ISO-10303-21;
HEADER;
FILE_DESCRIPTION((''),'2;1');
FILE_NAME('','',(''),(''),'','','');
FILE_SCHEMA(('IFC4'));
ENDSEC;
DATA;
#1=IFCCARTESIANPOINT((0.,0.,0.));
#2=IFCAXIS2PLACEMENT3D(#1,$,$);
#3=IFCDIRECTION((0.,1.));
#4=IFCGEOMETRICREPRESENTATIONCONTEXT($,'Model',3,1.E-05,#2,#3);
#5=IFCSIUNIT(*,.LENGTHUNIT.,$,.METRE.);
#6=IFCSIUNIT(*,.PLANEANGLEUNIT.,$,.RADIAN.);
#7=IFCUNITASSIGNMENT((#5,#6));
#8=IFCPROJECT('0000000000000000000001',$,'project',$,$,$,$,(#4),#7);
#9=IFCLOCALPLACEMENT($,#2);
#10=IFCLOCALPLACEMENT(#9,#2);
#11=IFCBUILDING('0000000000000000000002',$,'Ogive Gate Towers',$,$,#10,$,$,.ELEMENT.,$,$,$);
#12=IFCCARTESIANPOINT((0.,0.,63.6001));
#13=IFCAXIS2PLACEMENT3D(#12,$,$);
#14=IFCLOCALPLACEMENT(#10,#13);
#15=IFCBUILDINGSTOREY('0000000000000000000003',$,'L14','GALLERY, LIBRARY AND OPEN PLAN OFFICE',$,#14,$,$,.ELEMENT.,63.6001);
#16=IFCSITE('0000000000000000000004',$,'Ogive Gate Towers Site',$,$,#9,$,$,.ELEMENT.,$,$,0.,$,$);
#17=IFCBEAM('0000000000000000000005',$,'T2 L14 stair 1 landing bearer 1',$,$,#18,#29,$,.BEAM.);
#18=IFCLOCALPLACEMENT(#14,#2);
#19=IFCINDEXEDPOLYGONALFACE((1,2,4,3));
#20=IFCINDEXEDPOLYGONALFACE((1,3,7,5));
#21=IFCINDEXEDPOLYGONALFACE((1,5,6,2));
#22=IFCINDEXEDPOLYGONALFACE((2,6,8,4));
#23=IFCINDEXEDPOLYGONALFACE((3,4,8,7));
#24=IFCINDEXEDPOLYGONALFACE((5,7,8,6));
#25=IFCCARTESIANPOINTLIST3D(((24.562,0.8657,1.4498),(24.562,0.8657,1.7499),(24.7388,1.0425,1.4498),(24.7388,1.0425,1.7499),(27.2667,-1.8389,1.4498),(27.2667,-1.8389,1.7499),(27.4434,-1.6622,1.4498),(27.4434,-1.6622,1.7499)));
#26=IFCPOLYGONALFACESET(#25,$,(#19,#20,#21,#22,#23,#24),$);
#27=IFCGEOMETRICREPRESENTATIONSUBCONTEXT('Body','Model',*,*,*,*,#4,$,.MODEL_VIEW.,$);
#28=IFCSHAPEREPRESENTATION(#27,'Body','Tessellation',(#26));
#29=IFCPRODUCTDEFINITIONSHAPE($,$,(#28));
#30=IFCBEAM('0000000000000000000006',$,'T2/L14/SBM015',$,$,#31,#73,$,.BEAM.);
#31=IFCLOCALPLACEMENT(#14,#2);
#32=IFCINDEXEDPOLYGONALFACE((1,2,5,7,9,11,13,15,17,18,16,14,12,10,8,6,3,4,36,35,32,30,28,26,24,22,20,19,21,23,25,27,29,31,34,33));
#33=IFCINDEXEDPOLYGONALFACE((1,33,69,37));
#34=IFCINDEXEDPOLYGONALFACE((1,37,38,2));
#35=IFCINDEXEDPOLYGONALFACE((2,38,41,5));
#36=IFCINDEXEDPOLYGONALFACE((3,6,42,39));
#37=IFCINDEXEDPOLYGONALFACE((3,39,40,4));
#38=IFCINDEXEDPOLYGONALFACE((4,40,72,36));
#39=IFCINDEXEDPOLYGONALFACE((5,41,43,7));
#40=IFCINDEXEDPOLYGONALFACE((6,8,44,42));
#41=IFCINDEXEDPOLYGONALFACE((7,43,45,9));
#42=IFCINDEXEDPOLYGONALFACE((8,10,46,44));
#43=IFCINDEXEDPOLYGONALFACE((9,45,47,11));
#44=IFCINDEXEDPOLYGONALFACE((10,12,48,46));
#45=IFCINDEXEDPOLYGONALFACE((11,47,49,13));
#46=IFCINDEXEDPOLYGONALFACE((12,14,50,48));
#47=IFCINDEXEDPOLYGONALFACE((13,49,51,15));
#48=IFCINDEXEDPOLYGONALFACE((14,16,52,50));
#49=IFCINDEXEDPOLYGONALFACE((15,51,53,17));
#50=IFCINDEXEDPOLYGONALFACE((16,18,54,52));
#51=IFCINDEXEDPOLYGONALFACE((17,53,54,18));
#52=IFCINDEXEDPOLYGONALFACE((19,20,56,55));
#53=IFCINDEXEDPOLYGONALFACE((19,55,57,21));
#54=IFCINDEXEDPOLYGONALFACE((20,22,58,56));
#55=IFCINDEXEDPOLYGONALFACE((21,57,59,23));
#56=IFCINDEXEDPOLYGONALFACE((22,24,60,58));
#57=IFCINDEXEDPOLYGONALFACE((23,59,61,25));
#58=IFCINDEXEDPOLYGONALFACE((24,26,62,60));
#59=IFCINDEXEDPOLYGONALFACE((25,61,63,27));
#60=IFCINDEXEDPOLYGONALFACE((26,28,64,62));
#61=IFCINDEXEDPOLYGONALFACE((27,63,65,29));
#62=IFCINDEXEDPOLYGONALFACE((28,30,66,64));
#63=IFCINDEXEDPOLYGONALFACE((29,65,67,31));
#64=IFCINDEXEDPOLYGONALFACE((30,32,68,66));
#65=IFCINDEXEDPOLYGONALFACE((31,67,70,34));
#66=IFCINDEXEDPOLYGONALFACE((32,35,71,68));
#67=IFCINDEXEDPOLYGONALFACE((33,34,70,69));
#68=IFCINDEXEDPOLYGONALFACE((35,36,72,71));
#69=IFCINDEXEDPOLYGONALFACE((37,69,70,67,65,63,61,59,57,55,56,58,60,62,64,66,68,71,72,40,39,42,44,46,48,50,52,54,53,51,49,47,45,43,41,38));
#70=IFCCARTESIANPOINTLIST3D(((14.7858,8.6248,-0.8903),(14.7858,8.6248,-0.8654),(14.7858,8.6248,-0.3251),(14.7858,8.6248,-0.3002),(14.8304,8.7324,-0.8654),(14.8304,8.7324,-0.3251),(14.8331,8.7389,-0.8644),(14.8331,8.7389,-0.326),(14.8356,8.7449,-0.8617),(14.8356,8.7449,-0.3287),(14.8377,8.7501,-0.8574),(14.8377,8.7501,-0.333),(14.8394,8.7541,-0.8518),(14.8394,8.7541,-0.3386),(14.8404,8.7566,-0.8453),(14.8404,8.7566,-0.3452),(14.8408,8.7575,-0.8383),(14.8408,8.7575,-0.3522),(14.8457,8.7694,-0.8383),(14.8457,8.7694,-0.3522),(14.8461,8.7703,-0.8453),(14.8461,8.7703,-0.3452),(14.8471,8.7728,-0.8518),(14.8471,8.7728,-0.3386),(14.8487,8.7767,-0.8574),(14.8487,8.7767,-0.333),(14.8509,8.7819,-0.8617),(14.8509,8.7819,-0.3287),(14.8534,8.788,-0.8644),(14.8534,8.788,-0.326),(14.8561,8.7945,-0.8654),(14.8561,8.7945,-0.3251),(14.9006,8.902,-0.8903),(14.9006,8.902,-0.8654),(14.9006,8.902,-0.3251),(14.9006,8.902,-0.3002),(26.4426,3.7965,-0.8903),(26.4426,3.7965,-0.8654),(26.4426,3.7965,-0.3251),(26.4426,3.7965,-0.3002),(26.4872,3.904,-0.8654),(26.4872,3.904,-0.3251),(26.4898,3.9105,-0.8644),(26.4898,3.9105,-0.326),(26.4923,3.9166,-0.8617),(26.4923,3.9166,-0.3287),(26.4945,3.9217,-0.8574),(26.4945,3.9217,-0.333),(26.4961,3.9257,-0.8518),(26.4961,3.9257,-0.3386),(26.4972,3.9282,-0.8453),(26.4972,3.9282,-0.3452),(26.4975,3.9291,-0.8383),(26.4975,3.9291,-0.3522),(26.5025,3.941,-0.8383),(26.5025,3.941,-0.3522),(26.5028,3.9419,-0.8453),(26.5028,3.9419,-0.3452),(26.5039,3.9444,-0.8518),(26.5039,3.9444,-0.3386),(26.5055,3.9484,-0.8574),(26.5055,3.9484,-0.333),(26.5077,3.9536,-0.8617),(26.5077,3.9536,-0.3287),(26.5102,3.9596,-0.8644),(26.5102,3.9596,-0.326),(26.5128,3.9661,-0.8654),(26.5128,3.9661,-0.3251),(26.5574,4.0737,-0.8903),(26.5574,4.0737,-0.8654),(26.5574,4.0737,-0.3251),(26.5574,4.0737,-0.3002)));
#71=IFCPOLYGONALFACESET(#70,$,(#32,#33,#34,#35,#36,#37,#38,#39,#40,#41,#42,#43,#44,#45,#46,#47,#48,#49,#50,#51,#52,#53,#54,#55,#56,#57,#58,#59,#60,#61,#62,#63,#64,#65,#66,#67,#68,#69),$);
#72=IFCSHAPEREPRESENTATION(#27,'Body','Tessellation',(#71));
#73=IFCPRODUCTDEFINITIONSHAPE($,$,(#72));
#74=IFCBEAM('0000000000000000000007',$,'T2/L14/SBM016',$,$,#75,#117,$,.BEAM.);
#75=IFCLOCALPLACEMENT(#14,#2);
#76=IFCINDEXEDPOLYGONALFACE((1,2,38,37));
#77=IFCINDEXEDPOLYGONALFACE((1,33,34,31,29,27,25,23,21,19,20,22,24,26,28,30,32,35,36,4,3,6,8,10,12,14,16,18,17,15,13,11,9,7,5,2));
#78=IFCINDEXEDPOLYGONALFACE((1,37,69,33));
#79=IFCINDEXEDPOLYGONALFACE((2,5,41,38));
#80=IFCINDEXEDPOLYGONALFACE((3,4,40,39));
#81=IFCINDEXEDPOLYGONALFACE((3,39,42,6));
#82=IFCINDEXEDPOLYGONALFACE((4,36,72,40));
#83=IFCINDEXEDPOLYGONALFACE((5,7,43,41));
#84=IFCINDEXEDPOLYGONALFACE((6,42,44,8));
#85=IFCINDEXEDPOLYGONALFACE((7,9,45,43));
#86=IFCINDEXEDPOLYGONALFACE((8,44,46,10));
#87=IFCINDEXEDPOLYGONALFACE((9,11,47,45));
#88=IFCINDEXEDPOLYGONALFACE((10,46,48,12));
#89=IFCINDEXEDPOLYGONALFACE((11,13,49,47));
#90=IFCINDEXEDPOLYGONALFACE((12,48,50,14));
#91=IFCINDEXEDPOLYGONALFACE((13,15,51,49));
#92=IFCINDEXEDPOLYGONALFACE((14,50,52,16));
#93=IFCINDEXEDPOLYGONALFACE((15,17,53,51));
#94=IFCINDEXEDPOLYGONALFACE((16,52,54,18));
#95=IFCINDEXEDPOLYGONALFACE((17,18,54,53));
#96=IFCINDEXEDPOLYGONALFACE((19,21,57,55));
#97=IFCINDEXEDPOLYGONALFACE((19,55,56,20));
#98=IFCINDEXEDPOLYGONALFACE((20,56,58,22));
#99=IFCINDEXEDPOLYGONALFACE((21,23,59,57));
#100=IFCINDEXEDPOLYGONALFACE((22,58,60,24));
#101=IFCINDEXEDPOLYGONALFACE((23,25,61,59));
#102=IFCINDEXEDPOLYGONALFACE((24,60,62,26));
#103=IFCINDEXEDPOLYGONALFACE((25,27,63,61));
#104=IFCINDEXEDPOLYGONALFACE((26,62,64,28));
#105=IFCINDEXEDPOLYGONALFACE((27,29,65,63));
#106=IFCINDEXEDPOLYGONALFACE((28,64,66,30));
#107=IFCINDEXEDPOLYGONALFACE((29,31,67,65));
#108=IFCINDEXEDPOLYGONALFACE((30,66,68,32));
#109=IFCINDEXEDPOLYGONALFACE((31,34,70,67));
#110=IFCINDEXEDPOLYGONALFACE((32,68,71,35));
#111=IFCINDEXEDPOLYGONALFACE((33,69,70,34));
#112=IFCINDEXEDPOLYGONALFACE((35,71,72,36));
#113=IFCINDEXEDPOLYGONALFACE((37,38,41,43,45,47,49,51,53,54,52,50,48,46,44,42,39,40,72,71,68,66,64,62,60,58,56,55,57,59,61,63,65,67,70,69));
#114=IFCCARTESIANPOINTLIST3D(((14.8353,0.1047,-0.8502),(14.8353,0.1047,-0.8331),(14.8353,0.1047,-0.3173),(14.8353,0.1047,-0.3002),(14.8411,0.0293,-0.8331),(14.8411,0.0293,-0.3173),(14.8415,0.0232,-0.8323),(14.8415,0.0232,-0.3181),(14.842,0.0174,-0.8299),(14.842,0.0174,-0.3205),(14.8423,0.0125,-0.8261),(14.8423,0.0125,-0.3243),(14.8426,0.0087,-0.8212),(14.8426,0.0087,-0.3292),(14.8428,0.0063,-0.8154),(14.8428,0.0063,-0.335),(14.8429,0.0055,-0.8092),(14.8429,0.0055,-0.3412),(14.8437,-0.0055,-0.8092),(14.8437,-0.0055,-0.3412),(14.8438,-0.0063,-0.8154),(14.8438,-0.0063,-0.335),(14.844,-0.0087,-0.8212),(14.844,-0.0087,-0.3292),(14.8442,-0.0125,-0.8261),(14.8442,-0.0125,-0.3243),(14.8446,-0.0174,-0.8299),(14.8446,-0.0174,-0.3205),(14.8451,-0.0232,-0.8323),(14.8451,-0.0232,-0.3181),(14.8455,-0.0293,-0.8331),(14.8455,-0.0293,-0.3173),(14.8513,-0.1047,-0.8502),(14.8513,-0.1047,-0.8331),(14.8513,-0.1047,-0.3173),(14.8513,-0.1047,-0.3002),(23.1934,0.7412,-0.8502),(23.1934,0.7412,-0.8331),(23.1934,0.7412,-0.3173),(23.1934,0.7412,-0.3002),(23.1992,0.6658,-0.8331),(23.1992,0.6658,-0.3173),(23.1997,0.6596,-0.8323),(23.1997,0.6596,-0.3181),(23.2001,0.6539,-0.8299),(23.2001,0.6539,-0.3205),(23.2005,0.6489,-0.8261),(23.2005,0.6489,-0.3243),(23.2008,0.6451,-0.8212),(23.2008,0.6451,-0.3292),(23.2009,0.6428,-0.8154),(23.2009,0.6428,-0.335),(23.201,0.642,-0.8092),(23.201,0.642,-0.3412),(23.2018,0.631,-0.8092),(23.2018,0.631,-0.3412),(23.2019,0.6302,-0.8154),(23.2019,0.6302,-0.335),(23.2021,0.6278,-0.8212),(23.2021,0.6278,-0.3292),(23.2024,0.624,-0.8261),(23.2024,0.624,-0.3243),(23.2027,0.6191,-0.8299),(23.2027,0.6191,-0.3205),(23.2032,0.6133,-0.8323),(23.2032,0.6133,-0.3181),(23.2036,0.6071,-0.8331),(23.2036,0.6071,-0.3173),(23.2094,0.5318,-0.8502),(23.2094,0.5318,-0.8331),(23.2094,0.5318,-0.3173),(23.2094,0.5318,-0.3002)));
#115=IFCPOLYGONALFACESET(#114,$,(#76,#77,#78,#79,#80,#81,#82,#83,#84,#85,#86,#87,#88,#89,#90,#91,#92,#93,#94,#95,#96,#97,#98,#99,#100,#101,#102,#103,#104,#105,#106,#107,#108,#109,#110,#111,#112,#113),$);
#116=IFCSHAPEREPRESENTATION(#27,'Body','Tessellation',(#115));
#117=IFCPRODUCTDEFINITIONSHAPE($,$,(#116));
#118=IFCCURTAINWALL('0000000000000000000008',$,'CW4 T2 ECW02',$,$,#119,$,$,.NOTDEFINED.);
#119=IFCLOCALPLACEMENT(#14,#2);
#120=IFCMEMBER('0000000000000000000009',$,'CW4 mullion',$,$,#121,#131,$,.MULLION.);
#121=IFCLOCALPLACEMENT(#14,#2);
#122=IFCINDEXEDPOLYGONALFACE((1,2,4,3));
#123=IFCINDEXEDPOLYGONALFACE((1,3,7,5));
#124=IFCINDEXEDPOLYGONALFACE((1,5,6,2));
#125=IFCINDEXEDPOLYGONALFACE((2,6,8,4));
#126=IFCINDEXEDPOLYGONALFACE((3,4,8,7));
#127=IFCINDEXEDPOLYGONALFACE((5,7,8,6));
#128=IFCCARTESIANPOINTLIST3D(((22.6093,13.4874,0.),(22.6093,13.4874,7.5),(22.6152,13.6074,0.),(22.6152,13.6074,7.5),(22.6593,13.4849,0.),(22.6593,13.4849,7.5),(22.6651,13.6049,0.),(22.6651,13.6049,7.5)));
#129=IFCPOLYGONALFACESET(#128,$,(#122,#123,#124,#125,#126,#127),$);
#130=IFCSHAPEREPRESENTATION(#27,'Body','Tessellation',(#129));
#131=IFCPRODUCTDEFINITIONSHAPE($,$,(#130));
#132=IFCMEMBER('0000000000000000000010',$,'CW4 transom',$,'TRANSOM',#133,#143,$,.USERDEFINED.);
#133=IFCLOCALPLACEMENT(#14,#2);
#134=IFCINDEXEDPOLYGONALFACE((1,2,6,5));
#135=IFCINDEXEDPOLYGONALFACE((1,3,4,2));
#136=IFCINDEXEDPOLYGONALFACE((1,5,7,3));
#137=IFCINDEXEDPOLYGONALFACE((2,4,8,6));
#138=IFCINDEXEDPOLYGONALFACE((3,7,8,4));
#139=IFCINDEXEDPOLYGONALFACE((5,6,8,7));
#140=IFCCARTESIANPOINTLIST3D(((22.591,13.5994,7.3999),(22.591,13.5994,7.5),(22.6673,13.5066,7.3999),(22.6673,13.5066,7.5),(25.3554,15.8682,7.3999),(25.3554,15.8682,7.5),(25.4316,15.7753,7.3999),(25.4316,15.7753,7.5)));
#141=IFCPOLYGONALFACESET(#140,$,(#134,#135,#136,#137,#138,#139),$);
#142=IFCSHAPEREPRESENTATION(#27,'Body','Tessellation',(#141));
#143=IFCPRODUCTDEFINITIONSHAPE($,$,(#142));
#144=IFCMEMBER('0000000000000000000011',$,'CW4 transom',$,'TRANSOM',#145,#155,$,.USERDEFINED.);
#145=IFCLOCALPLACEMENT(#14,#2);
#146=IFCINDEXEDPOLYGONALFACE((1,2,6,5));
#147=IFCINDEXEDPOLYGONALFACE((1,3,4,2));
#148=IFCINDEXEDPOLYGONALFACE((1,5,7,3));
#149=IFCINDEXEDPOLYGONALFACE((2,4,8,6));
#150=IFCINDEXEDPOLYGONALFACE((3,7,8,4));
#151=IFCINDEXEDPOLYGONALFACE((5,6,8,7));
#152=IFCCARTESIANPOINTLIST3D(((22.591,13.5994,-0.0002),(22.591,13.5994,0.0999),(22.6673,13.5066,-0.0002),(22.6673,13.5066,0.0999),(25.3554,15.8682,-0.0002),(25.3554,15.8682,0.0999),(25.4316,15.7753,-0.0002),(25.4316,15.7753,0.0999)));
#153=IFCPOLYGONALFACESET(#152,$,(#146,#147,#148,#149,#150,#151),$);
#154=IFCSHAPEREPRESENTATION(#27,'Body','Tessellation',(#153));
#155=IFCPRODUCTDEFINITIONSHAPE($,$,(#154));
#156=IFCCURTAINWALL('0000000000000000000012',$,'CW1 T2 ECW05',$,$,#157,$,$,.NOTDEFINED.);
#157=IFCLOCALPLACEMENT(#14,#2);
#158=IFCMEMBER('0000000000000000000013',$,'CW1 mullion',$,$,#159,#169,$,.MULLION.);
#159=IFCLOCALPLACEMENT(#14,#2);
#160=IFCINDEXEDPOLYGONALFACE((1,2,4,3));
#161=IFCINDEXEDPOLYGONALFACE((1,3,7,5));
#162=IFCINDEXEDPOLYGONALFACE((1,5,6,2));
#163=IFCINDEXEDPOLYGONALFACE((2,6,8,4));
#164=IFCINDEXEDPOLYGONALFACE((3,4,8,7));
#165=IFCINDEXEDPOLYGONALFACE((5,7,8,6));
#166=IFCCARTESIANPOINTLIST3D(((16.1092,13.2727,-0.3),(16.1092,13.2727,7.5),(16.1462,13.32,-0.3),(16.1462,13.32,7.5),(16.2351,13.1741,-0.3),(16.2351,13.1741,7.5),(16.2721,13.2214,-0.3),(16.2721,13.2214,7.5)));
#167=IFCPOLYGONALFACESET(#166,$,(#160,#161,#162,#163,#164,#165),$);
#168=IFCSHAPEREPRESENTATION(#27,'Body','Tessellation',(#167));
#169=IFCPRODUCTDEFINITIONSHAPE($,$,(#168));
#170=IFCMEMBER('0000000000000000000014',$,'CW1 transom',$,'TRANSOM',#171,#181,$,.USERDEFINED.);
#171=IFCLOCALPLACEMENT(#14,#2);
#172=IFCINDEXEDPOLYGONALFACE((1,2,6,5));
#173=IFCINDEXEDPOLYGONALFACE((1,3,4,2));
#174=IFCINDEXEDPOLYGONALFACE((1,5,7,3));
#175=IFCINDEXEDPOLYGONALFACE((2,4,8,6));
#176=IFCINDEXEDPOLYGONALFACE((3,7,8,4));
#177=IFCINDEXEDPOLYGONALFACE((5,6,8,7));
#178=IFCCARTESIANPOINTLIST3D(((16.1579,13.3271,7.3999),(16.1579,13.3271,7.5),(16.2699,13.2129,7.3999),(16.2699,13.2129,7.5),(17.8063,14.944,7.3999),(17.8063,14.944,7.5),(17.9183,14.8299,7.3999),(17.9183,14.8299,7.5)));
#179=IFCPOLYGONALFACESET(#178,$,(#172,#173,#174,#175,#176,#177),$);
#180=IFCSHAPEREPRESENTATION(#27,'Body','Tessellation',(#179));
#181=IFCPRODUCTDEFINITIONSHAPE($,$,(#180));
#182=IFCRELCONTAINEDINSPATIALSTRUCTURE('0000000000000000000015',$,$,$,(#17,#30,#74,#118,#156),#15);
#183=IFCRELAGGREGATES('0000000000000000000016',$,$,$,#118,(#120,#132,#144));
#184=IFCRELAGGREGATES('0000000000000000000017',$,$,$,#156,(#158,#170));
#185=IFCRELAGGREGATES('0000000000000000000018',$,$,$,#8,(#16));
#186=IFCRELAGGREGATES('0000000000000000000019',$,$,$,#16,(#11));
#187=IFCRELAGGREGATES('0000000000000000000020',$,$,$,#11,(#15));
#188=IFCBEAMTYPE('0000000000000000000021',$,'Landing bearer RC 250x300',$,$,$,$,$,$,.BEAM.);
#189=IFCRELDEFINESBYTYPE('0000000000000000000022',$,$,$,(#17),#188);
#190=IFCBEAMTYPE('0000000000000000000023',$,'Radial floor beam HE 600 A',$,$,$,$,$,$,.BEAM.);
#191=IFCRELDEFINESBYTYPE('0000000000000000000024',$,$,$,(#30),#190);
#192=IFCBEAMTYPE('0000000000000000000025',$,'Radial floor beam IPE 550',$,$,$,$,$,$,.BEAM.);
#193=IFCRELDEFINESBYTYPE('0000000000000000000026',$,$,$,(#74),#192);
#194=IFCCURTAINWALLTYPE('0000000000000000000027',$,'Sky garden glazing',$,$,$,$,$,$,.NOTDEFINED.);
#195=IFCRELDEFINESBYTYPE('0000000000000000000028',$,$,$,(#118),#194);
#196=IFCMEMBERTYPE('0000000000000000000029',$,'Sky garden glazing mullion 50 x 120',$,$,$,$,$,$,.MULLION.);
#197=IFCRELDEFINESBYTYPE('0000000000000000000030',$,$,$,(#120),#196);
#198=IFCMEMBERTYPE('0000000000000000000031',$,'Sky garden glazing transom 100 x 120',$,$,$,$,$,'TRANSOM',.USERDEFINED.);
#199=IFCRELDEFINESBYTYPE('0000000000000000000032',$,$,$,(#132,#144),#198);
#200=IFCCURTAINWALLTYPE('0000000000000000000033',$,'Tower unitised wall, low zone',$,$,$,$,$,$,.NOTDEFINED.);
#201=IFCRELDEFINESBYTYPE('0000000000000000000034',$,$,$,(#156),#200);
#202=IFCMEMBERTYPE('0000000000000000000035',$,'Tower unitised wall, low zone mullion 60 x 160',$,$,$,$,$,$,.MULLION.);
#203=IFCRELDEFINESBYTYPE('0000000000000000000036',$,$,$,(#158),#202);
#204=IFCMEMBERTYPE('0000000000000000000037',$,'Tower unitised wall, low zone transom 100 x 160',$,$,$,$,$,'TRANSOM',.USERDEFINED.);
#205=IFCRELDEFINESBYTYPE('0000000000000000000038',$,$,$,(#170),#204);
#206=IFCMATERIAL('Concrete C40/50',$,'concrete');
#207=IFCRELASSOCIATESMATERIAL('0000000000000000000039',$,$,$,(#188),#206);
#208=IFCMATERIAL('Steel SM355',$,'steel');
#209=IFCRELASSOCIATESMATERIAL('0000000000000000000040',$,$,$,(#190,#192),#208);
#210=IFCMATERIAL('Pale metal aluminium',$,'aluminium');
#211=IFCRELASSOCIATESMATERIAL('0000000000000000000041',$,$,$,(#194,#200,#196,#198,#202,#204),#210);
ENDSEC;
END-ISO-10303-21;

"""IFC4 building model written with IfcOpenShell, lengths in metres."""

from ifc_helpers import new_model, si_unit, direction, frame, origin, origin_2d, place, context, subcontext, project, spatial, rectangle, i_section, extrude, material, material_profile, profile_set, type_object, element, aggregate, save


model = new_model("IFC4")

# Units and contexts
model_context = context("Model", 3, precision=1e-05, world=origin(), true_north=direction((0.0, 1.0)))
body_context = subcontext(model_context, "Body", "Model", "MODEL_VIEW")
ifc_project = project(units=[si_unit("LENGTHUNIT", "METRE"), si_unit("PLANEANGLEUNIT", "RADIAN")], contexts=[model_context])

# Site, building, storey
site_placement = place(None, origin())
site = spatial("IfcSite", under=ifc_project, at=site_placement, Name="Ogive Gate Towers Site", CompositionType="ELEMENT", RefElevation=0.0)
building_placement = place(site_placement, origin())
building = spatial("IfcBuilding", under=site, at=building_placement, Name="Ogive Gate Towers", CompositionType="ELEMENT")
storey_placement = place(building_placement, frame((0.0, 0.0, 63.6001)))
storey = spatial("IfcBuildingStorey", under=building, at=storey_placement, Name="L14", Description="GALLERY, LIBRARY AND OPEN PLAN OFFICE", CompositionType="ELEMENT", Elevation=63.6001)

# Beams
ifc_material_1 = material(Name="Concrete C40/50", Category="concrete")
ifc_material_profile_1 = material_profile(ifc_material_1, rectangle(XDim=0.25, YDim=0.3, at=origin_2d()), Name="RC 250x300")
ifc_profile_set_1 = profile_set([ifc_material_profile_1], Name="Concrete C40/50")
beam_type_1 = type_object("IfcBeamType", Name="Landing bearer RC 250x300", PredefinedType="BEAM", material=ifc_profile_set_1)
beam_1_placement = place(storey_placement, frame((24.6504, 0.9541, 1.5999), z_axis=(0.707107, -0.707107, 0.0), x_axis=(0.707107, 0.707107, 0.0)))
element("IfcBeam", 1, at=beam_1_placement, inside=storey, type_object=beam_type_1, Name="T2 L14 stair 1 landing bearer 1", PredefinedType="BEAM", context=body_context, shape_type="SweptSolid", body=[
    extrude(rectangle(XDim=0.25, YDim=0.3, at=origin_2d()), origin(), (0.0, 0.0, 1.0), 3.825),
])
ifc_material_2 = material(Name="Steel SM355", Category="steel")
ifc_material_profile_2 = material_profile(ifc_material_2, i_section(OverallWidth=0.3, OverallDepth=0.5901, WebThickness=0.0129, FlangeThickness=0.0249, FilletRadius=0.0271, at=origin_2d()), Name="HE 600 A")
ifc_profile_set_2 = profile_set([ifc_material_profile_2], Name="Steel SM355")
beam_type_2 = type_object("IfcBeamType", Name="Radial floor beam HE 600 A", PredefinedType="BEAM", material=ifc_profile_set_2)
beam_2_placement = place(storey_placement, frame((26.5, 3.9351, -0.5952), z_axis=(-0.92388, 0.382683, 0.0), x_axis=(-0.382683, -0.92388, 0.0)))
element("IfcBeam", 2, at=beam_2_placement, inside=storey, type_object=beam_type_2, Name="T2/L14/SBM015", PredefinedType="BEAM", context=body_context, shape_type="SweptSolid", body=[
    extrude(i_section(OverallWidth=0.3, OverallDepth=0.5901, WebThickness=0.0129, FlangeThickness=0.0249, FilletRadius=0.0271, at=origin_2d()), origin(), (0.0, 0.0, 1.0), 12.6172),
])
ifc_material_profile_3 = material_profile(ifc_material_2, i_section(OverallWidth=0.21, OverallDepth=0.55, WebThickness=0.011, FlangeThickness=0.0171, FilletRadius=0.0239, at=origin_2d()), Name="IPE 550")
ifc_profile_set_3 = profile_set([ifc_material_profile_3], Name="Steel SM355")
beam_type_3 = type_object("IfcBeamType", Name="Radial floor beam IPE 550", PredefinedType="BEAM", material=ifc_profile_set_3)
beam_3_placement = place(storey_placement, frame((23.2014, 0.6365, -0.5752), z_axis=(-0.997113, -0.07593, 0.0), x_axis=(0.07593, -0.997113, 0.0)))
element("IfcBeam", 3, at=beam_3_placement, inside=storey, type_object=beam_type_3, Name="T2/L14/SBM016", PredefinedType="BEAM", context=body_context, shape_type="SweptSolid", body=[
    extrude(i_section(OverallWidth=0.21, OverallDepth=0.55, WebThickness=0.011, FlangeThickness=0.0171, FilletRadius=0.0239, at=origin_2d()), origin(), (0.0, 0.0, 1.0), 8.3823),
])

# Curtain walls, members
ifc_material_3 = material(Name="Pale metal aluminium", Category="aluminium")
curtain_wall_type_1 = type_object("IfcCurtainWallType", Name="Sky garden glazing", PredefinedType="NOTDEFINED", material=ifc_material_3)
curtain_wall_1_placement = place(storey_placement, origin())
curtain_wall_1 = element("IfcCurtainWall", 4, at=curtain_wall_1_placement, inside=storey, type_object=curtain_wall_type_1, Name="CW4 T2 ECW02", PredefinedType="NOTDEFINED")
ifc_material_profile_4 = material_profile(ifc_material_3, rectangle(XDim=0.1201, YDim=0.05, at=origin_2d()), Name="50 x 120 aluminium box")
ifc_profile_set_4 = profile_set([ifc_material_profile_4], Name="Pale metal aluminium")
member_type_1 = type_object("IfcMemberType", Name="Sky garden glazing mullion 50 x 120", PredefinedType="MULLION", material=ifc_profile_set_4)
member_1_placement = place(storey_placement, frame((22.6372, 13.5461, 0.0), z_axis=(0.0, 0.0, 1.0), x_axis=(-0.049076, -0.998795, 0.0)))
member_1 = element("IfcMember", 5, at=member_1_placement, type_object=member_type_1, Name="CW4 mullion", PredefinedType="MULLION", context=body_context, shape_type="SweptSolid", body=[
    extrude(rectangle(XDim=0.1201, YDim=0.05, at=origin_2d()), origin(), (0.0, 0.0, 1.0), 7.5),
])
ifc_material_profile_5 = material_profile(ifc_material_3, rectangle(XDim=0.1201, YDim=0.1001, at=origin_2d()), Name="100 x 120 aluminium box")
ifc_profile_set_5 = profile_set([ifc_material_profile_5], Name="Pale metal aluminium")
member_type_2 = type_object("IfcMemberType", Name="Sky garden glazing transom 100 x 120", ElementType="TRANSOM", PredefinedType="USERDEFINED", material=ifc_profile_set_5)
member_2_placement = place(storey_placement, frame((22.6292, 13.553, 7.45), z_axis=(0.772995, 0.634412, 0.0), x_axis=(-0.634412, 0.772995, 0.0)))
member_2 = element("IfcMember", 6, at=member_2_placement, type_object=member_type_2, Name="CW4 transom", ObjectType="TRANSOM", PredefinedType="USERDEFINED", context=body_context, shape_type="SweptSolid", body=[
    extrude(rectangle(XDim=0.1201, YDim=0.1001, at=origin_2d()), origin(), (0.0, 0.0, 1.0), 3.5762),
])
member_3_placement = place(storey_placement, frame((22.6292, 13.553, 0.0498), z_axis=(0.772995, 0.634412, 0.0), x_axis=(-0.634412, 0.772995, 0.0)))
member_3 = element("IfcMember", 7, at=member_3_placement, type_object=member_type_2, Name="CW4 transom", ObjectType="TRANSOM", PredefinedType="USERDEFINED", context=body_context, shape_type="SweptSolid", body=[
    extrude(rectangle(XDim=0.1201, YDim=0.1001, at=origin_2d()), origin(), (0.0, 0.0, 1.0), 3.5762),
])
curtain_wall_type_2 = type_object("IfcCurtainWallType", Name="Tower unitised wall, low zone", PredefinedType="NOTDEFINED", material=ifc_material_3)
curtain_wall_2_placement = place(storey_placement, origin())
curtain_wall_2 = element("IfcCurtainWall", 8, at=curtain_wall_2_placement, inside=storey, type_object=curtain_wall_type_2, Name="CW1 T2 ECW05", PredefinedType="NOTDEFINED")
ifc_material_profile_6 = material_profile(ifc_material_3, rectangle(XDim=0.1599, YDim=0.0601, at=origin_2d()), Name="60 x 160 aluminium box")
ifc_profile_set_6 = profile_set([ifc_material_profile_6], Name="Pale metal aluminium")
member_type_3 = type_object("IfcMemberType", Name="Tower unitised wall, low zone mullion 60 x 160", PredefinedType="MULLION", material=ifc_profile_set_6)
member_4_placement = place(storey_placement, frame((16.1907, 13.2471, -0.3), z_axis=(0.0, 0.0, 1.0), x_axis=(0.787376, -0.616473, 0.0)))
member_4 = element("IfcMember", 9, at=member_4_placement, type_object=member_type_3, Name="CW1 mullion", PredefinedType="MULLION", context=body_context, shape_type="SweptSolid", body=[
    extrude(rectangle(XDim=0.1599, YDim=0.0601, at=origin_2d()), origin(), (0.0, 0.0, 1.0), 7.8),
])
ifc_material_profile_7 = material_profile(ifc_material_3, rectangle(XDim=0.1599, YDim=0.1001, at=origin_2d()), Name="100 x 160 aluminium box")
ifc_profile_set_7 = profile_set([ifc_material_profile_7], Name="Pale metal aluminium")
member_type_4 = type_object("IfcMemberType", Name="Tower unitised wall, low zone transom 100 x 160", ElementType="TRANSOM", PredefinedType="USERDEFINED", material=ifc_profile_set_7)
member_5_placement = place(storey_placement, frame((16.2139, 13.27, 7.45), z_axis=(0.713894, 0.700254, 0.0), x_axis=(-0.700254, 0.713894, 0.0)))
member_5 = element("IfcMember", 10, at=member_5_placement, type_object=member_type_4, Name="CW1 transom", ObjectType="TRANSOM", PredefinedType="USERDEFINED", context=body_context, shape_type="SweptSolid", body=[
    extrude(rectangle(XDim=0.1599, YDim=0.1001, at=origin_2d()), origin(), (0.0, 0.0, 1.0), 2.3091),
])

aggregate(curtain_wall_1, [member_1, member_2, member_3])
aggregate(curtain_wall_2, [member_4, member_5])

save(model, "model.ifc")
